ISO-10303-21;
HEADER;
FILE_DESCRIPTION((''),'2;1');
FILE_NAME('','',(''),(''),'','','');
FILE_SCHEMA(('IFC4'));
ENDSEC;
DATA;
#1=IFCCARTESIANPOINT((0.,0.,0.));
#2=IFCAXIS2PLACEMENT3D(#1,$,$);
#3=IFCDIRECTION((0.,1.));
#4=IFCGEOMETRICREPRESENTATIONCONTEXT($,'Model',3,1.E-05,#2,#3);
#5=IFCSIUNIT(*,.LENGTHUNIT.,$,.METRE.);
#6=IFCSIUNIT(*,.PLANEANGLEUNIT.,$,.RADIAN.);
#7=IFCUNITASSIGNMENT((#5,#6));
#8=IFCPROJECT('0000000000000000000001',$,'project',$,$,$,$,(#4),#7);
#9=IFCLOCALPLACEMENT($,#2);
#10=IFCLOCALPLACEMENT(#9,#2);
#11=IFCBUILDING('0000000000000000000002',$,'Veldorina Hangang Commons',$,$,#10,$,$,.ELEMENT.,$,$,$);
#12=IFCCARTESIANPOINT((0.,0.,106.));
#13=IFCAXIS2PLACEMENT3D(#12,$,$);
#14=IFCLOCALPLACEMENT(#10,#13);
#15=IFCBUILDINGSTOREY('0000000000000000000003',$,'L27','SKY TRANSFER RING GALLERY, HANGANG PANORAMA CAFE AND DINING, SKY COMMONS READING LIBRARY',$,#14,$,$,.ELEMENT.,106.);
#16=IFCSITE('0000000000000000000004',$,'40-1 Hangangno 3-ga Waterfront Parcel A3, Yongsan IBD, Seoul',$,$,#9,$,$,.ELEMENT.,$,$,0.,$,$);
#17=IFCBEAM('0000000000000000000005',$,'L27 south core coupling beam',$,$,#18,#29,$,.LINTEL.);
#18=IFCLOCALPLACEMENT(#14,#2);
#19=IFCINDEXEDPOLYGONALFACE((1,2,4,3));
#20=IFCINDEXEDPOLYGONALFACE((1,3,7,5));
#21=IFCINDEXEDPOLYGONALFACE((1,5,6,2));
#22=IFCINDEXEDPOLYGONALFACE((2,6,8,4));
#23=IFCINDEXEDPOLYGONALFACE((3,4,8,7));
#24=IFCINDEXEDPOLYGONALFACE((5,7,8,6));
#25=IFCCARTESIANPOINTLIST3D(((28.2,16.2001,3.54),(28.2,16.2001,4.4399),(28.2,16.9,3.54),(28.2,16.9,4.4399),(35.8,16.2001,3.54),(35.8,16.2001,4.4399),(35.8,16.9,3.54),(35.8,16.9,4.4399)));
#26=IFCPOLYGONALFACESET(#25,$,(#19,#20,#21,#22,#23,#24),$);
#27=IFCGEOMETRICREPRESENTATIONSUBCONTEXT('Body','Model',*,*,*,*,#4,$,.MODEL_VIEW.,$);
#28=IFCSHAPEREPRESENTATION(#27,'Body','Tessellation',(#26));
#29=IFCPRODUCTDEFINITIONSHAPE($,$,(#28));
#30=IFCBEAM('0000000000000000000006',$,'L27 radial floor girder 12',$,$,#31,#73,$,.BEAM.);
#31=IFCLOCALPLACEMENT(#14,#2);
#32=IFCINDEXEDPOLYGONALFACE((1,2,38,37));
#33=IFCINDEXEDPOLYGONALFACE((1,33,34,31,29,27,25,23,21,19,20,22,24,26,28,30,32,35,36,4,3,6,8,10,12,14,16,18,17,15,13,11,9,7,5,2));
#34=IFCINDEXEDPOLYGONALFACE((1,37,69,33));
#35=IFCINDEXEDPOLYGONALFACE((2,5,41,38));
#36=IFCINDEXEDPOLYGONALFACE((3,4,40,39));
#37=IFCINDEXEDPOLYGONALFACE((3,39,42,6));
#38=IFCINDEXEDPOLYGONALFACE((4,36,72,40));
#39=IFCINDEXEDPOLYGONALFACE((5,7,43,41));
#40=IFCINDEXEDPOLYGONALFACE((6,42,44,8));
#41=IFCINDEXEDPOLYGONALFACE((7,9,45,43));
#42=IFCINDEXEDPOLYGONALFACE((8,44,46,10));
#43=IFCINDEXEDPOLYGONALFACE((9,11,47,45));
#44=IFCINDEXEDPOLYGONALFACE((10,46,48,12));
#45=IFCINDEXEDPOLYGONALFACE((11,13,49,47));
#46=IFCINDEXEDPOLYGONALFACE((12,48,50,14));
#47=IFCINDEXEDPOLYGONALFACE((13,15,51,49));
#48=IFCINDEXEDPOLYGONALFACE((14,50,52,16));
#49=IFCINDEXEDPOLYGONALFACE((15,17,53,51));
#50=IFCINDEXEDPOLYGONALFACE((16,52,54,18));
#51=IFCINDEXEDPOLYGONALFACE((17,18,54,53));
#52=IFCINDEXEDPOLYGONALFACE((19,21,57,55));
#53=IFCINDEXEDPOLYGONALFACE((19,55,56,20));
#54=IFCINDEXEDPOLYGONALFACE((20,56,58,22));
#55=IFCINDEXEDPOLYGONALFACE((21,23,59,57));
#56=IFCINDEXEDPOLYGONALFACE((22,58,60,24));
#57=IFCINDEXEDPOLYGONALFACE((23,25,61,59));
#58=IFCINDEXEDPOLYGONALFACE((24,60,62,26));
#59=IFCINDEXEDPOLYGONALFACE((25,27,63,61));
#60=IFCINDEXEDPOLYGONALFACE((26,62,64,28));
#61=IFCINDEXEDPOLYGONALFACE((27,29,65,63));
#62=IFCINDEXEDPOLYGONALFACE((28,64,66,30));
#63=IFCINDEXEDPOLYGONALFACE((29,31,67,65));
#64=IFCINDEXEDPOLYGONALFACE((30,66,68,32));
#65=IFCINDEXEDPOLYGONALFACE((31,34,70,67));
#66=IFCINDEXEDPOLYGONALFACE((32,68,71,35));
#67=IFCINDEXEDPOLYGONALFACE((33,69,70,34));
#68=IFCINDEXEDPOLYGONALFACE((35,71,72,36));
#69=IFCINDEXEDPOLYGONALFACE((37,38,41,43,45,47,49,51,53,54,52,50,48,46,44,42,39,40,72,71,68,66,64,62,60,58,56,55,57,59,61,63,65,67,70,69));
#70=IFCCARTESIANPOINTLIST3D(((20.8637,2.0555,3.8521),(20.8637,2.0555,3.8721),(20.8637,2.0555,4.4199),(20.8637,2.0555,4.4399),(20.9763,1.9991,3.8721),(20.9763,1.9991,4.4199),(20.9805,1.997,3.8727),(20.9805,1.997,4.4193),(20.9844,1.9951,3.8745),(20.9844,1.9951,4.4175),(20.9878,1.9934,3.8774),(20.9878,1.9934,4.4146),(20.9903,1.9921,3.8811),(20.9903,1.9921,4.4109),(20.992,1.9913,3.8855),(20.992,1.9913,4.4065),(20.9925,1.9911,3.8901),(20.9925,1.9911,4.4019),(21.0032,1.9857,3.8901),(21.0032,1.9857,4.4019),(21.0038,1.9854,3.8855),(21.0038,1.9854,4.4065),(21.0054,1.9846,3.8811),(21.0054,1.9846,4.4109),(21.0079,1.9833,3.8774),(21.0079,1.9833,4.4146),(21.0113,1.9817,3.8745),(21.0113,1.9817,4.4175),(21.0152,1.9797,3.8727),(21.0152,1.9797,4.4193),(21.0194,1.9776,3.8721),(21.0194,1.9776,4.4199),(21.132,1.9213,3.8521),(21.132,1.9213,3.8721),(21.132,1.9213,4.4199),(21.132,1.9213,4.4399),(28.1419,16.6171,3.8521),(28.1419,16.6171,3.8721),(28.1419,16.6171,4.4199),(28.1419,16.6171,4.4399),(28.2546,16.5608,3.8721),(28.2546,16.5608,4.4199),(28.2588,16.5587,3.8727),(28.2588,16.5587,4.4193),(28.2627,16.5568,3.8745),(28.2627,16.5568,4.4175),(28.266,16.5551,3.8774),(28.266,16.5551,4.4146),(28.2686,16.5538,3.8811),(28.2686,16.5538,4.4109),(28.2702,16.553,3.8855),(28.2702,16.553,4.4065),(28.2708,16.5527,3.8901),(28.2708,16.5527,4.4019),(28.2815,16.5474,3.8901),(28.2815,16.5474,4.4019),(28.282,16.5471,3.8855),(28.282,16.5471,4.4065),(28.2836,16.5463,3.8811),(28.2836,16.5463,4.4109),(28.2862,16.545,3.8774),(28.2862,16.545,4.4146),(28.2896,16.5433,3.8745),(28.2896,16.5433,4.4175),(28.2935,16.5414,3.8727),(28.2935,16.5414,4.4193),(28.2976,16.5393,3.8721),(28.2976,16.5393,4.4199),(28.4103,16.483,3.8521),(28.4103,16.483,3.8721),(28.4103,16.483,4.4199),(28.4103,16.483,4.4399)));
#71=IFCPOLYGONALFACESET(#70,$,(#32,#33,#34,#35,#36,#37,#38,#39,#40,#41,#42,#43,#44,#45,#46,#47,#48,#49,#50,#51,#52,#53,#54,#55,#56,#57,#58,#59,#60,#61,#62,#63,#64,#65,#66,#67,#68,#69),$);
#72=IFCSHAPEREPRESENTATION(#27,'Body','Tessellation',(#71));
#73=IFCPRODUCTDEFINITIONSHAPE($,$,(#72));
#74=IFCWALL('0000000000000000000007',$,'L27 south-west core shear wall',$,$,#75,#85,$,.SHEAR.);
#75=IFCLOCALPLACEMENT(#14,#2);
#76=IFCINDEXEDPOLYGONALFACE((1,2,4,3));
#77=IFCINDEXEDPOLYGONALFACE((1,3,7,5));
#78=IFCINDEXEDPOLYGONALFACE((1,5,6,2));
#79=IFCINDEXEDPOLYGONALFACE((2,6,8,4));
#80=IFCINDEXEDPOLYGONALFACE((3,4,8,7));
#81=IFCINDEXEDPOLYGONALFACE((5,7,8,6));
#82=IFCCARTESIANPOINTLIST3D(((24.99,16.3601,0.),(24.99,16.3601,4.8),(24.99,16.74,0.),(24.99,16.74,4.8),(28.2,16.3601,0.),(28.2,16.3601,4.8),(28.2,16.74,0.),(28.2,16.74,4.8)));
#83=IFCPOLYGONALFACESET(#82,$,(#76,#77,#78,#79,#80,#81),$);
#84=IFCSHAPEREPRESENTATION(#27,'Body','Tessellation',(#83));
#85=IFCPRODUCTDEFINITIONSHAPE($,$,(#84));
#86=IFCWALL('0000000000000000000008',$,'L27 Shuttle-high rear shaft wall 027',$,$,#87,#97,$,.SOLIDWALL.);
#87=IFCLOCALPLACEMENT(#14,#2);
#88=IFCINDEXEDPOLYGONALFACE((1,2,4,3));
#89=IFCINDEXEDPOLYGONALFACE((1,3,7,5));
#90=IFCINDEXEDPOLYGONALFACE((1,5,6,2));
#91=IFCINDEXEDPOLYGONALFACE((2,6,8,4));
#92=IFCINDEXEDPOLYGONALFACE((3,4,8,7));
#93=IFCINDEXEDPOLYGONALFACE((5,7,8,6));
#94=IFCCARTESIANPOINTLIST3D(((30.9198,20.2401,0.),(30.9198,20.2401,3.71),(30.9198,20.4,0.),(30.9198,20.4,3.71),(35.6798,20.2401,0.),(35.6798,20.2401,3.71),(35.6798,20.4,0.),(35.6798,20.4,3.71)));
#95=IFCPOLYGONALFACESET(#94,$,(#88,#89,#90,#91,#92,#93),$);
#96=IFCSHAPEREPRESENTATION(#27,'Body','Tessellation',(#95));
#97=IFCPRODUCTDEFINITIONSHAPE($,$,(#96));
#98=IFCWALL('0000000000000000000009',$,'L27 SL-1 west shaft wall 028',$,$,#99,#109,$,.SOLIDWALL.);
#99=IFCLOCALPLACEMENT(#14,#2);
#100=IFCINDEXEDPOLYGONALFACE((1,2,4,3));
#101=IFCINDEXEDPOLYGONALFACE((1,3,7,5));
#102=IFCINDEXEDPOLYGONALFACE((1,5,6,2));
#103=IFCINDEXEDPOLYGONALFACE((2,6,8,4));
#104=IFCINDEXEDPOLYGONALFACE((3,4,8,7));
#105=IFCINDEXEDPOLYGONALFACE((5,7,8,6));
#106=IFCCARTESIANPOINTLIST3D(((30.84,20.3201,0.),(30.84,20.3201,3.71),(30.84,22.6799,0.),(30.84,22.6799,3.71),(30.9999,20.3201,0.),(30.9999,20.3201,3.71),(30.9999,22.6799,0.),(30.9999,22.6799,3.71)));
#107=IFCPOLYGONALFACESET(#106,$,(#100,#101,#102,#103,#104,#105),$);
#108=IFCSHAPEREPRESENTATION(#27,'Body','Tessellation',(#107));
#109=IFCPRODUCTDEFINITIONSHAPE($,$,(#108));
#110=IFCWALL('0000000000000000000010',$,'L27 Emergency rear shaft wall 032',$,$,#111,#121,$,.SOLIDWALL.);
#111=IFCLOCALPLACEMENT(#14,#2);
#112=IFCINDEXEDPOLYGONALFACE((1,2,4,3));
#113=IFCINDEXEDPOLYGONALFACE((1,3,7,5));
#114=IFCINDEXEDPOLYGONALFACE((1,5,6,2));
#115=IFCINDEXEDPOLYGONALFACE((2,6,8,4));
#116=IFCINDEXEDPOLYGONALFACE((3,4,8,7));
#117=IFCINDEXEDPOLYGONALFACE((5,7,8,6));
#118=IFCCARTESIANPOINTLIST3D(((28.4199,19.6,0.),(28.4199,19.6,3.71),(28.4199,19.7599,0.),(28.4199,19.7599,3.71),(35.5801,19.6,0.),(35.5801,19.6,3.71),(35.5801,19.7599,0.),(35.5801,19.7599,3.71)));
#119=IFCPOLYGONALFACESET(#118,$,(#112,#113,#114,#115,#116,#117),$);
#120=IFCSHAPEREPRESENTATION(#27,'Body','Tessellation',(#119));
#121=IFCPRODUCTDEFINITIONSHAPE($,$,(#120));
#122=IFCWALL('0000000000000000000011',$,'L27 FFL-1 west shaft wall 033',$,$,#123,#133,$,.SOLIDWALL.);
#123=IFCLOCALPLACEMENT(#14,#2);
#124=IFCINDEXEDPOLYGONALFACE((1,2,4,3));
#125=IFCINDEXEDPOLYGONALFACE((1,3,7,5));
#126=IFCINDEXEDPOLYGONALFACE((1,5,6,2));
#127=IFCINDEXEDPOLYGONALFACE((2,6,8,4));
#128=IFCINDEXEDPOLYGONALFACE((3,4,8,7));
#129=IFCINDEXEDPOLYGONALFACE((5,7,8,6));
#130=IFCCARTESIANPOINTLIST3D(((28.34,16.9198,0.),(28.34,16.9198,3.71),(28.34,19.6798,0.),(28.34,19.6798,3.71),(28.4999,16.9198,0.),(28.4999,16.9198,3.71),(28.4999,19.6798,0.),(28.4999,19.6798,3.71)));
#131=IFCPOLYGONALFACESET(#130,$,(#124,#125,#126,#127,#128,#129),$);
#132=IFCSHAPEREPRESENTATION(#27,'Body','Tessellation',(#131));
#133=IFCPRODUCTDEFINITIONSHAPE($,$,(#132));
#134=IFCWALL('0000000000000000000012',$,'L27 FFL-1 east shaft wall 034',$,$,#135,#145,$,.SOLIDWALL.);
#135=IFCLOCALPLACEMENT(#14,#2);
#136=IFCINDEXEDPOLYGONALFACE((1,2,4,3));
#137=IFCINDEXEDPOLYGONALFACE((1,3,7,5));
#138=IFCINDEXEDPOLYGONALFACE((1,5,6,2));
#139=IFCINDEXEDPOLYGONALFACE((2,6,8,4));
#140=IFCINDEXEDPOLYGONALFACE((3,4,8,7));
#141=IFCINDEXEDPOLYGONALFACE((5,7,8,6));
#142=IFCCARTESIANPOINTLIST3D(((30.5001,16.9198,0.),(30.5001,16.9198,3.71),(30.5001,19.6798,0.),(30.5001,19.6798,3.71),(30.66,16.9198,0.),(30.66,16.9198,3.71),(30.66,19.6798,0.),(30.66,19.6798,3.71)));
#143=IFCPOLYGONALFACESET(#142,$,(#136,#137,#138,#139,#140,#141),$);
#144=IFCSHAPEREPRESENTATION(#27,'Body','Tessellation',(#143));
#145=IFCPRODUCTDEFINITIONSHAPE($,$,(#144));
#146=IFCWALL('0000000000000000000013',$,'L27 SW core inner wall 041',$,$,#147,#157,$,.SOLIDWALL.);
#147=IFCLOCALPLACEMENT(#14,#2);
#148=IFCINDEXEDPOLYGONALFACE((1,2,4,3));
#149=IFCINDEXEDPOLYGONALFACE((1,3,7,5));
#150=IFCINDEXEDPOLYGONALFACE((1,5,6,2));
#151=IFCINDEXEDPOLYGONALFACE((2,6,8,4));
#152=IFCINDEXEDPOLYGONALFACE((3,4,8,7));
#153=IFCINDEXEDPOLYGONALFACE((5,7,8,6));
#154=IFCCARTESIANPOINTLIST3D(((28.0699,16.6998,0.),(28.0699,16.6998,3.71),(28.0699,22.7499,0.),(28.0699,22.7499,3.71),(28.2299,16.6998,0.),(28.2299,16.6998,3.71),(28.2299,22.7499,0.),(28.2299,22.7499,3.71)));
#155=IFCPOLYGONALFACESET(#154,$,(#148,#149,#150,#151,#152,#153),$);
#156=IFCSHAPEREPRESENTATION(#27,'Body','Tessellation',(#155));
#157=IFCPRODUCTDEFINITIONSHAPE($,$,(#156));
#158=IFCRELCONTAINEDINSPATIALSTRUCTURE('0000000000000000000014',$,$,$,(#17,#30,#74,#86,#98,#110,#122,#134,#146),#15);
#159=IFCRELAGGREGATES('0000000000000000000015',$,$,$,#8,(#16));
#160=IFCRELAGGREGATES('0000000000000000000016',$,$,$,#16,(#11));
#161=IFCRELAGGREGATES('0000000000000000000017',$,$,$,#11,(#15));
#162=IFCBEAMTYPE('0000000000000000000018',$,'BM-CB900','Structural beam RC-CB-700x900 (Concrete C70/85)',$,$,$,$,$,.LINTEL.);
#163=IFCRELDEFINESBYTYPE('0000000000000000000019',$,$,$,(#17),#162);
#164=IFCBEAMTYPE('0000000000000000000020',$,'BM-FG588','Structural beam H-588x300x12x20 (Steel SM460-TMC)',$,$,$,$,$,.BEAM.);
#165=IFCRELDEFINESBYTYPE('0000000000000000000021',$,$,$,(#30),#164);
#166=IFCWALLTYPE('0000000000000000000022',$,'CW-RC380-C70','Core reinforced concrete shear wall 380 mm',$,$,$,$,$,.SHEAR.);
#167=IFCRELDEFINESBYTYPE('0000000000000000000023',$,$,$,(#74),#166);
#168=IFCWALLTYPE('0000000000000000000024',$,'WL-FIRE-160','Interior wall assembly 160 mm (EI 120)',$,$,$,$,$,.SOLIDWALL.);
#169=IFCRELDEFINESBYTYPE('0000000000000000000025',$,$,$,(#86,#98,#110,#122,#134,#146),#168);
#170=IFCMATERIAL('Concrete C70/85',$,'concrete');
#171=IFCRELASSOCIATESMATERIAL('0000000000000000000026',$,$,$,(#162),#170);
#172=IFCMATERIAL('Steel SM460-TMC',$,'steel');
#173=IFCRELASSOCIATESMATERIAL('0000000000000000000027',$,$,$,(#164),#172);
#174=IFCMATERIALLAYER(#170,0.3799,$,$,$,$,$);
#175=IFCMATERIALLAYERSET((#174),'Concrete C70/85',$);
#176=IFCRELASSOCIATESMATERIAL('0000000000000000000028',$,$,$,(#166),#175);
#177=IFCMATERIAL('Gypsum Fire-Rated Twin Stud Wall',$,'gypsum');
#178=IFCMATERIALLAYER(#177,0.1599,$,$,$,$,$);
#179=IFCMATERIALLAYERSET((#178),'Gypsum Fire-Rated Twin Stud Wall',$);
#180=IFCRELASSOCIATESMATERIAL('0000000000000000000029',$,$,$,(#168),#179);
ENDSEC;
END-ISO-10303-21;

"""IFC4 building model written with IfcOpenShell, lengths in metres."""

from ifc_helpers import new_model, si_unit, direction, frame, frame_2d, origin, origin_2d, place, context, subcontext, project, spatial, rectangle, i_section, extrude, material, layer, layer_set, material_profile, profile_set, type_object, element, save


model = new_model("IFC4")

# Units and contexts
model_context = context("Model", 3, precision=1e-05, world=origin(), true_north=direction((0.0, 1.0)))
body_context = subcontext(model_context, "Body", "Model", "MODEL_VIEW")
ifc_project = project(units=[si_unit("LENGTHUNIT", "METRE"), si_unit("PLANEANGLEUNIT", "RADIAN")], contexts=[model_context])

# Site, building, storey
site_placement = place(None, origin())
site = spatial("IfcSite", under=ifc_project, at=site_placement, Name="40-1 Hangangno 3-ga Waterfront Parcel A3, Yongsan IBD, Seoul", CompositionType="ELEMENT", RefElevation=0.0)
building_placement = place(site_placement, origin())
building = spatial("IfcBuilding", under=site, at=building_placement, Name="Veldorina Hangang Commons", CompositionType="ELEMENT")
storey_placement = place(building_placement, frame((0.0, 0.0, 106.0)))
storey = spatial("IfcBuildingStorey", under=building, at=storey_placement, Name="L27", Description="SKY TRANSFER RING GALLERY, HANGANG PANORAMA CAFE AND DINING, SKY COMMONS READING LIBRARY", CompositionType="ELEMENT", Elevation=106.0)

# Beams
ifc_material_1 = material(Name="Concrete C70/85", Category="concrete")
ifc_material_profile_1 = material_profile(ifc_material_1, rectangle(XDim=0.7, YDim=0.8999, at=origin_2d()), Name="RC-CB-700x900")
ifc_profile_set_1 = profile_set([ifc_material_profile_1], Name="Concrete C70/85")
beam_type_1 = type_object("IfcBeamType", Name="BM-CB900", Description="Structural beam RC-CB-700x900 (Concrete C70/85)", PredefinedType="LINTEL", material=ifc_profile_set_1)
beam_1_placement = place(storey_placement, frame((28.2, 16.55, 3.99), z_axis=(1.0, 0.0, 0.0), x_axis=(0.0, 1.0, 0.0)))
element("IfcBeam", 1, at=beam_1_placement, inside=storey, type_object=beam_type_1, Name="L27 south core coupling beam", PredefinedType="LINTEL", context=body_context, shape_type="SweptSolid", body=[
    extrude(rectangle(XDim=0.7, YDim=0.8999, at=origin_2d()), origin(), (0.0, 0.0, 1.0), 7.6001),
])
ifc_material_2 = material(Name="Steel SM460-TMC", Category="steel")
ifc_material_profile_2 = material_profile(ifc_material_2, i_section(OverallWidth=0.3, OverallDepth=0.5879, WebThickness=0.012, FlangeThickness=0.02, FilletRadius=0.0181, at=origin_2d()), Name="H-588x300x12x20")
ifc_profile_set_2 = profile_set([ifc_material_profile_2], Name="Steel SM460-TMC")
beam_type_2 = type_object("IfcBeamType", Name="BM-FG588", Description="Structural beam H-588x300x12x20 (Steel SM460-TMC)", PredefinedType="BEAM", material=ifc_profile_set_2)
beam_2_placement = place(storey_placement, frame((28.2761, 16.55, 4.146), z_axis=(-0.447088, -0.89449, 0.0), x_axis=(0.89449, -0.447088, 0.0)))
element("IfcBeam", 2, at=beam_2_placement, inside=storey, type_object=beam_type_2, Name="L27 radial floor girder 12", PredefinedType="BEAM", context=body_context, shape_type="SweptSolid", body=[
    extrude(i_section(OverallWidth=0.3, OverallDepth=0.5879, WebThickness=0.012, FlangeThickness=0.02, FilletRadius=0.0181, at=origin_2d()), origin(), (0.0, 0.0, 1.0), 16.2793),
])

# Wall
ifc_layer_1 = layer(ifc_material_1, 0.3799)
ifc_layer_set_1 = layer_set([ifc_layer_1], Name="Concrete C70/85")
wall_type_1 = type_object("IfcWallType", Name="CW-RC380-C70", Description="Core reinforced concrete shear wall 380 mm", PredefinedType="SHEAR", material=ifc_layer_set_1)
wall_1_placement = place(storey_placement, frame((24.99, 16.55, 0.0), z_axis=(0.0, 0.0, 1.0), x_axis=(1.0, 0.0, 0.0)))
element("IfcWall", 3, at=wall_1_placement, inside=storey, type_object=wall_type_1, Name="L27 south-west core shear wall", PredefinedType="SHEAR", context=body_context, shape_type="SweptSolid", body=[
    extrude(rectangle(XDim=3.21, YDim=0.3799, at=frame_2d((1.605, 0.0))), origin(), (0.0, 0.0, 1.0), 4.8),
])

# Shared definitions
ifc_material_3 = material(Name="Gypsum Fire-Rated Twin Stud Wall", Category="gypsum")
ifc_layer_2 = layer(ifc_material_3, 0.1599)
ifc_layer_set_2 = layer_set([ifc_layer_2], Name="Gypsum Fire-Rated Twin Stud Wall")
wall_type_2 = type_object("IfcWallType", Name="WL-FIRE-160", Description="Interior wall assembly 160 mm (EI 120)", PredefinedType="SOLIDWALL", material=ifc_layer_set_2)

# Walls
wall_2_placement = place(storey_placement, frame((30.9199, 20.3201, 0.0), z_axis=(0.0, 0.0, 1.0), x_axis=(1.0, 0.0, 0.0)))
element("IfcWall", 4, at=wall_2_placement, inside=storey, type_object=wall_type_2, Name="L27 Shuttle-high rear shaft wall 027", PredefinedType="SOLIDWALL", context=body_context, shape_type="SweptSolid", body=[
    extrude(rectangle(XDim=4.76, YDim=0.1599, at=frame_2d((2.3799, 0.0))), origin(), (0.0, 0.0, 1.0), 3.71),
])
wall_3_placement = place(storey_placement, frame((30.9199, 20.3201, 0.0), z_axis=(0.0, 0.0, 1.0), x_axis=(0.0, 1.0, 0.0)))
element("IfcWall", 5, at=wall_3_placement, inside=storey, type_object=wall_type_2, Name="L27 SL-1 west shaft wall 028", PredefinedType="SOLIDWALL", context=body_context, shape_type="SweptSolid", body=[
    extrude(rectangle(XDim=2.3599, YDim=0.1599, at=frame_2d((1.1799, 0.0))), origin(), (0.0, 0.0, 1.0), 3.71),
])

# Walls
wall_4_placement = place(storey_placement, frame((28.4199, 19.6799, 0.0), z_axis=(0.0, 0.0, 1.0), x_axis=(1.0, 0.0, 0.0)))
element("IfcWall", 6, at=wall_4_placement, inside=storey, type_object=wall_type_2, Name="L27 Emergency rear shaft wall 032", PredefinedType="SOLIDWALL", context=body_context, shape_type="SweptSolid", body=[
    extrude(rectangle(XDim=7.1602, YDim=0.1599, at=frame_2d((3.5801, 0.0))), origin(), (0.0, 0.0, 1.0), 3.71),
])
for number, where, z_axis, x_axis, name in (
    (7, (28.4199, 16.9199, 0.0), (0.0, 0.0, 1.0), (0.0, 1.0, 0.0), "L27 FFL-1 west shaft wall 033"),
    (8, (30.5801, 16.9199, 0.0), (0.0, 0.0, 1.0), (0.0, 1.0, 0.0), "L27 FFL-1 east shaft wall 034"),
):
    element("IfcWall", number, at=place(storey_placement, frame(where, z_axis=z_axis, x_axis=x_axis)), inside=storey, type_object=wall_type_2, Name=name, PredefinedType="SOLIDWALL", context=body_context, shape_type="SweptSolid", body=[
        extrude(rectangle(XDim=2.76, YDim=0.1599, at=frame_2d((1.3799, 0.0))), origin(), (0.0, 0.0, 1.0), 3.71),
    ])
wall_5_placement = place(storey_placement, frame((28.1499, 16.7, 0.0), z_axis=(0.0, 0.0, 1.0), x_axis=(0.0, 1.0, 0.0)))
element("IfcWall", 9, at=wall_5_placement, inside=storey, type_object=wall_type_2, Name="L27 SW core inner wall 041", PredefinedType="SOLIDWALL", context=body_context, shape_type="SweptSolid", body=[
    extrude(rectangle(XDim=6.05, YDim=0.1599, at=frame_2d((3.0249, 0.0))), origin(), (0.0, 0.0, 1.0), 3.71),
])

save(model, "model.ifc")
